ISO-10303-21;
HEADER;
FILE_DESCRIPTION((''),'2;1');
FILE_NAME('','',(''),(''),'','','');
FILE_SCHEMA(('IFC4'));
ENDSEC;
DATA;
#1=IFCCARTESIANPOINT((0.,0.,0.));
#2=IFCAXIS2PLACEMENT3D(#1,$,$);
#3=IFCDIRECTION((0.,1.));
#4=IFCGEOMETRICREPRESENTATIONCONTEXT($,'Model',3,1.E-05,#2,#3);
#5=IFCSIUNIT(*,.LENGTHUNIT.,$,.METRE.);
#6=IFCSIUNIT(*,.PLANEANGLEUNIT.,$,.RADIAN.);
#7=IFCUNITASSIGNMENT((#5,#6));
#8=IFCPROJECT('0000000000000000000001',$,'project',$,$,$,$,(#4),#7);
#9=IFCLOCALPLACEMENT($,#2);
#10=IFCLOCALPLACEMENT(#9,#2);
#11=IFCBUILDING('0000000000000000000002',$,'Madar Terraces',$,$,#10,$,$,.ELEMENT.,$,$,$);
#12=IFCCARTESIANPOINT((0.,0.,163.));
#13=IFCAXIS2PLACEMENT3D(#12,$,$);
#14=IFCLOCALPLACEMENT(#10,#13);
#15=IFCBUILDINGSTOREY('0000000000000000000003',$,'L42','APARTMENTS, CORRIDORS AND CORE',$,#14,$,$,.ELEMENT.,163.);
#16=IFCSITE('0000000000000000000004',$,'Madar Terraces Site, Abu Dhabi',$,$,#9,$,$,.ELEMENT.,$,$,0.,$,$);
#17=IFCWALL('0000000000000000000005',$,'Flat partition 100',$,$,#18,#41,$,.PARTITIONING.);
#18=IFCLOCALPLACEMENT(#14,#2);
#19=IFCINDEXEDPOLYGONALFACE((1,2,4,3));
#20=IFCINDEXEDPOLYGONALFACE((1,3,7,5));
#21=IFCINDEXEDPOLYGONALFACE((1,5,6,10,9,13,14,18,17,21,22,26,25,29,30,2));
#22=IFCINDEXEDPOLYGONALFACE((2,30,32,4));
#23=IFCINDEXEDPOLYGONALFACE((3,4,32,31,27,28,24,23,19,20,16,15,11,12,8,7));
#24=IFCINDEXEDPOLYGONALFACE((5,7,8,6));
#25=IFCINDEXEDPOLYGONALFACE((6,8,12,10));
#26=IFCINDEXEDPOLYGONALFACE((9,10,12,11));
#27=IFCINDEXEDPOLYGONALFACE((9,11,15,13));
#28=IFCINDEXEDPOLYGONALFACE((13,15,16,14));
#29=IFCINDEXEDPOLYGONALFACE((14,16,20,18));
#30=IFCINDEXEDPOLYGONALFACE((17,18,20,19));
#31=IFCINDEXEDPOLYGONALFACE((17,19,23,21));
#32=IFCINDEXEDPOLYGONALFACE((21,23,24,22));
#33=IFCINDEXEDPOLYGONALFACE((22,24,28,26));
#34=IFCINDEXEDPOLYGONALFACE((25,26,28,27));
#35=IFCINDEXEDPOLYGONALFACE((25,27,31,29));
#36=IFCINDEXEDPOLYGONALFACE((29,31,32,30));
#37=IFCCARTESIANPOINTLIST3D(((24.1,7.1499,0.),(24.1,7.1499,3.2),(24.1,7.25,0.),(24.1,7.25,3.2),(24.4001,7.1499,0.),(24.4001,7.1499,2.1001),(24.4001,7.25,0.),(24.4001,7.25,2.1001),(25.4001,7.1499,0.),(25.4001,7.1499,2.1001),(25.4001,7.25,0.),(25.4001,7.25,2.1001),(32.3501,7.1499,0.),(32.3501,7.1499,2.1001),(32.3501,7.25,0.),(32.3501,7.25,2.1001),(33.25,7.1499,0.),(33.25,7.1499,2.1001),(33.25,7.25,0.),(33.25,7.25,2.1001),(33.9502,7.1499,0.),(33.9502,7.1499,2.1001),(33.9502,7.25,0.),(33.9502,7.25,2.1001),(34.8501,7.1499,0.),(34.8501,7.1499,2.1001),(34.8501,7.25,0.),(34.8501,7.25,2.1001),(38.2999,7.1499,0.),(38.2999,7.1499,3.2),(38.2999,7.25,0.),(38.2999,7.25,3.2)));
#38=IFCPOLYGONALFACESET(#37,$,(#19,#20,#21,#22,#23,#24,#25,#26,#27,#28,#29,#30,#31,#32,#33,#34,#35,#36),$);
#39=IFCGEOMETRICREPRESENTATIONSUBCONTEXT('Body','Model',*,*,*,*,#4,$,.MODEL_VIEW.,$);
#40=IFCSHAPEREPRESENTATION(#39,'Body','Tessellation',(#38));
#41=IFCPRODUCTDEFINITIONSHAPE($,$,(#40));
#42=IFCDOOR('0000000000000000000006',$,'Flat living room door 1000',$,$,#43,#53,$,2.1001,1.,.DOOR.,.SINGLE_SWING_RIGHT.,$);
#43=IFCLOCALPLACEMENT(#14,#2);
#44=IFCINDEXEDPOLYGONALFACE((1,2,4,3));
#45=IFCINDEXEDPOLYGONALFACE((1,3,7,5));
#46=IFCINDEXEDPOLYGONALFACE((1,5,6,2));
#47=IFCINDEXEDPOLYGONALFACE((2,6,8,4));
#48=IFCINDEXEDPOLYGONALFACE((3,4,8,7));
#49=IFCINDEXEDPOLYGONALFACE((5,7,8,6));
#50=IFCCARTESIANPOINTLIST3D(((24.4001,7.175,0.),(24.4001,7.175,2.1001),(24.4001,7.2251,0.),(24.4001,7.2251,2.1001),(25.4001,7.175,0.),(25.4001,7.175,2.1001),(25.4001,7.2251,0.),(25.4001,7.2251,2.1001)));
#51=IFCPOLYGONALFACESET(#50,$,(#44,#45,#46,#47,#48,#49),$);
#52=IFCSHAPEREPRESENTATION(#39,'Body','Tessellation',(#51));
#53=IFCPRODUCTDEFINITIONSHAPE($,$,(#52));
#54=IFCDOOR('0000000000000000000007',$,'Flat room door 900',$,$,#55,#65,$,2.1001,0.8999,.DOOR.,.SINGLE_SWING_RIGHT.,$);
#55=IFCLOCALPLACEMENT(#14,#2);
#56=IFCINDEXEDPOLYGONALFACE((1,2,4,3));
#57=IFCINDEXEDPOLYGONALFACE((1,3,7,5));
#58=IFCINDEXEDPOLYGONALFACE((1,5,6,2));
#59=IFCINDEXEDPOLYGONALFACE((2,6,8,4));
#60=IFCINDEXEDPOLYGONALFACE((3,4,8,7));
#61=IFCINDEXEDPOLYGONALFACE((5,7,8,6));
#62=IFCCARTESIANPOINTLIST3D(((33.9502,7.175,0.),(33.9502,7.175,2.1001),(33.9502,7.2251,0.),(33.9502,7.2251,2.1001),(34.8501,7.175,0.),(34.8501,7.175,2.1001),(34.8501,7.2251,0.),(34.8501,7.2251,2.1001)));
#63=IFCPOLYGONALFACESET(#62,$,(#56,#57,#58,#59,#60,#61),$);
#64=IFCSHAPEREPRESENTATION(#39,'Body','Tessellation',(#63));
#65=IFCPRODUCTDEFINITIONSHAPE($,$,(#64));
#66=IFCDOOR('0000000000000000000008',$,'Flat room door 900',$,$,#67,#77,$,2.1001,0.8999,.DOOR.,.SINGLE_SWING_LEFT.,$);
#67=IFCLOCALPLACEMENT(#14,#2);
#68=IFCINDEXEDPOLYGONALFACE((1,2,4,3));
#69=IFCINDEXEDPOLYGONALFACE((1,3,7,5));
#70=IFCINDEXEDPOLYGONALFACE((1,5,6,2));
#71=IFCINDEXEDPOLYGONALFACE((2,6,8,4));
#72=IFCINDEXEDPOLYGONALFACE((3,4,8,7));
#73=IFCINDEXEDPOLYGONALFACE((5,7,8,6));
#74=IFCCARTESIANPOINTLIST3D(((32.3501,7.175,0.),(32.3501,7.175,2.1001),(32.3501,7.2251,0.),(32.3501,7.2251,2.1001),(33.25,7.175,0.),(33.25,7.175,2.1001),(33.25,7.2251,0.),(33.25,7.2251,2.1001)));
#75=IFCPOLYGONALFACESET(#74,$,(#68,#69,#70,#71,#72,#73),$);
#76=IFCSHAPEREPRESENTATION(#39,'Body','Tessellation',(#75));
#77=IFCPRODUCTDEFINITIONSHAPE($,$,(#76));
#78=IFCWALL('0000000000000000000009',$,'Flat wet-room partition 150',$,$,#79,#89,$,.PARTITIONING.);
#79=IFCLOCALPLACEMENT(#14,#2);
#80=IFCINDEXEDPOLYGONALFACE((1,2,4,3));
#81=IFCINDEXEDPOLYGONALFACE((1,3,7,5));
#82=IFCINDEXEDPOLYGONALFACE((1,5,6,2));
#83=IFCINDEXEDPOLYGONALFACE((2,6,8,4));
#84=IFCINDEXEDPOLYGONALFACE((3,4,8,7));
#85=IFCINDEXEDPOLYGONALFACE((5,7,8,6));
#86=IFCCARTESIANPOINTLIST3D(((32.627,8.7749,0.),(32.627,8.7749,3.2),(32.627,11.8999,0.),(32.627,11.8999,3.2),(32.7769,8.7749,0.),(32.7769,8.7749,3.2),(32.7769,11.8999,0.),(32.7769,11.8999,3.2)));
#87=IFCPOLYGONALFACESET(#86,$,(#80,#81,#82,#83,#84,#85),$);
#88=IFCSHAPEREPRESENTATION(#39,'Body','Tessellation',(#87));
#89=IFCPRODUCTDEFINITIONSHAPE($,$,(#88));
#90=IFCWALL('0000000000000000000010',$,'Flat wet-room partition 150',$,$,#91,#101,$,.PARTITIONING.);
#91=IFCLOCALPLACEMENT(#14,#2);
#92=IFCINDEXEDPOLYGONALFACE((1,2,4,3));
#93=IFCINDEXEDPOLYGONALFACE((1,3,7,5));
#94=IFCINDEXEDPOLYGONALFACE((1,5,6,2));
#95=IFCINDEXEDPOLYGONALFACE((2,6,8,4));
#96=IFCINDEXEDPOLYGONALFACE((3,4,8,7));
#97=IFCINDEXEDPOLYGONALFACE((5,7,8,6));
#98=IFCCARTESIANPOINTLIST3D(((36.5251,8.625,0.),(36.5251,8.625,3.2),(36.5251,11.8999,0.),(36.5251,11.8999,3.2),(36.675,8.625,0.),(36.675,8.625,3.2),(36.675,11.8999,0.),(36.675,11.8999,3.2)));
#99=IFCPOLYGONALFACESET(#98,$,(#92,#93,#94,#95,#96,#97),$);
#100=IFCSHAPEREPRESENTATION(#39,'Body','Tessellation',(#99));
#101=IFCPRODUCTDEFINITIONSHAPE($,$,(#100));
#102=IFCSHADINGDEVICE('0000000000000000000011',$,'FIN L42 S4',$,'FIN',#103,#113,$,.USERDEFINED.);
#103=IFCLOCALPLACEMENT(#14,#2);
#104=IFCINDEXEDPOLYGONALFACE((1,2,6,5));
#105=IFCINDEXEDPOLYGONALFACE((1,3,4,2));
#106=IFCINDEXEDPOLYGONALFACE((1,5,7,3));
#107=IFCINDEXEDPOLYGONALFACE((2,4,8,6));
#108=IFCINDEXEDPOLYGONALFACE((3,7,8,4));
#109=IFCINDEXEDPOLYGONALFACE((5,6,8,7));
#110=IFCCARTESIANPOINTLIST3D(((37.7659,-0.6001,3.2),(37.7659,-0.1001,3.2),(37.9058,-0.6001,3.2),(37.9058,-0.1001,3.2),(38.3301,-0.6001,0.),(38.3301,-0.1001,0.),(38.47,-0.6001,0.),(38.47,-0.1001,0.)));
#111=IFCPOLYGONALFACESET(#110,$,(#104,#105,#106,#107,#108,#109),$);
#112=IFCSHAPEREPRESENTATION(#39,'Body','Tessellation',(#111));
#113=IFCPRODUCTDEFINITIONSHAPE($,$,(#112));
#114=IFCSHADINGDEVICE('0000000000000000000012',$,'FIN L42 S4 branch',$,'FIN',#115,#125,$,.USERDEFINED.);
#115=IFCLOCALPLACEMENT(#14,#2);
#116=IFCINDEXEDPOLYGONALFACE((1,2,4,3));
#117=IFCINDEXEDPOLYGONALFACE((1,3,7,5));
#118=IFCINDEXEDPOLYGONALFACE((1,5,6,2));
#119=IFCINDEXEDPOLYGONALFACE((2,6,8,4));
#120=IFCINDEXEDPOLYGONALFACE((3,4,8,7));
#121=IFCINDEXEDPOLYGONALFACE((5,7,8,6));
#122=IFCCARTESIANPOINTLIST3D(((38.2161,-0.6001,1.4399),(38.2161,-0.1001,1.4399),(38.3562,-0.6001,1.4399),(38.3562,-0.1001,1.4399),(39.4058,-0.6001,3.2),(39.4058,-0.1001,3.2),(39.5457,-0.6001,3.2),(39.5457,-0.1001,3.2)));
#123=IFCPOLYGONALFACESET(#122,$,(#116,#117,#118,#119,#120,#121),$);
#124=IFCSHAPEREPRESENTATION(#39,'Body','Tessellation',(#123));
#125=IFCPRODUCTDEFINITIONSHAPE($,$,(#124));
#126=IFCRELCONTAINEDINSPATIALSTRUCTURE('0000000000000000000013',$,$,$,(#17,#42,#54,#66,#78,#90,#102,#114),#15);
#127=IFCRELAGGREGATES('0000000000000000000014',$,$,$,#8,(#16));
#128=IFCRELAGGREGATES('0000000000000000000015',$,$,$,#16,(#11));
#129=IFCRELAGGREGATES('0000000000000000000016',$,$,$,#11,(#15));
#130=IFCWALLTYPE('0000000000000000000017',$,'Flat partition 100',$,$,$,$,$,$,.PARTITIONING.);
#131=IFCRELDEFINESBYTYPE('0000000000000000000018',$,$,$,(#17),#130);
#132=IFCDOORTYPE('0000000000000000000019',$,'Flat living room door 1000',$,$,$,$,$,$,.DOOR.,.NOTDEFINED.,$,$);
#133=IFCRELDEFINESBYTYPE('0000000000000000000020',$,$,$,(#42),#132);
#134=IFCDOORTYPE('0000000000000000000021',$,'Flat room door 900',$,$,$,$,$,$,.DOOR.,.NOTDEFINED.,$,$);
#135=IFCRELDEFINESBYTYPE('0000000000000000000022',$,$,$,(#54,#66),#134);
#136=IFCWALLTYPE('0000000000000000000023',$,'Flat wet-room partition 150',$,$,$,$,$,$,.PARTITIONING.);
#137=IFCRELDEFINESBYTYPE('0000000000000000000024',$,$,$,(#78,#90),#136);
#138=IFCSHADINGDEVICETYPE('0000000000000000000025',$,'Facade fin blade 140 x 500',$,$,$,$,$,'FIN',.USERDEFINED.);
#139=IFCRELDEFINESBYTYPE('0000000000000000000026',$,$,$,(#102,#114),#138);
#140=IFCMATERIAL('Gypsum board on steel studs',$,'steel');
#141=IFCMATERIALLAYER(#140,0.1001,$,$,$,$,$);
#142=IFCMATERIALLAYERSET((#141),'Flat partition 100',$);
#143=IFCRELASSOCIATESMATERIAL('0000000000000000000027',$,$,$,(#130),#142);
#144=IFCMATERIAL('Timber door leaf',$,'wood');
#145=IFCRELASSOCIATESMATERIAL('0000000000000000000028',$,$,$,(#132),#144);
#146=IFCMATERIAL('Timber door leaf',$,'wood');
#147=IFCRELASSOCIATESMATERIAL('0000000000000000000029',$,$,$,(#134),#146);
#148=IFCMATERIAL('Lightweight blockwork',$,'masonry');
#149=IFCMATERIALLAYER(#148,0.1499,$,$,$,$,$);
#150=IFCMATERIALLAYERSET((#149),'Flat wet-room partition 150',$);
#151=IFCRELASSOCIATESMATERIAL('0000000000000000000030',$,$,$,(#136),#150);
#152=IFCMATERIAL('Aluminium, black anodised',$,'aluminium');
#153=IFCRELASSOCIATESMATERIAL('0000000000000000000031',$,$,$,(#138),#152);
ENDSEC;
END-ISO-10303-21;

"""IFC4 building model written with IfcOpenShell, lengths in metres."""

from ifc_helpers import new_model, si_unit, direction, frame, frame_2d, origin, place, context, subcontext, project, spatial, polyline, rectangle, outline, extrude, material, layer, layer_set, type_object, element, fill, save


model = new_model("IFC4")

# Units and contexts
model_context = context("Model", 3, precision=1e-05, world=origin(), true_north=direction((0.0, 1.0)))
body_context = subcontext(model_context, "Body", "Model", "MODEL_VIEW")
ifc_project = project(units=[si_unit("LENGTHUNIT", "METRE"), si_unit("PLANEANGLEUNIT", "RADIAN")], contexts=[model_context])

# Site, building, storey
site_placement = place(None, origin())
site = spatial("IfcSite", under=ifc_project, at=site_placement, Name="Madar Terraces Site, Abu Dhabi", CompositionType="ELEMENT", RefElevation=0.0)
building_placement = place(site_placement, origin())
building = spatial("IfcBuilding", under=site, at=building_placement, Name="Madar Terraces", CompositionType="ELEMENT")
storey_placement = place(building_placement, frame((0.0, 0.0, 163.0)))
storey = spatial("IfcBuildingStorey", under=building, at=storey_placement, Name="L42", Description="APARTMENTS, CORRIDORS AND CORE", CompositionType="ELEMENT", Elevation=163.0)

# Shared definitions
ifc_material_1 = material(Name="Gypsum board on steel studs", Category="steel")
ifc_layer_1 = layer(ifc_material_1, 0.1001)
ifc_layer_set_1 = layer_set([ifc_layer_1], Name="Flat partition 100")
wall_type_1 = type_object("IfcWallType", Name="Flat partition 100", PredefinedType="PARTITIONING", material=ifc_layer_set_1)

# Wall, openings, doors
wall_1_placement = place(storey_placement, frame((38.3, 7.2, 0.0), z_axis=(0.0, 0.0, 1.0), x_axis=(-1.0, 0.0, 0.0)))
wall_1 = element("IfcWall", 1, at=wall_1_placement, inside=storey, type_object=wall_type_1, Name="Flat partition 100", PredefinedType="PARTITIONING", context=body_context, shape_type="SweptSolid", body=[
    extrude(rectangle(XDim=14.2, YDim=0.1001, at=frame_2d((7.1001, 0.0))), origin(), (0.0, 0.0, 1.0), 3.2),
])
opening_1_placement = place(wall_1_placement, frame((3.45, 0.0, 0.0)))
opening_1 = element("IfcOpeningElement", 2, at=opening_1_placement, cuts=wall_1, PredefinedType="OPENING", context=body_context, shape_type="SweptSolid", body=[
    extrude(rectangle(XDim=0.8999, YDim=2.1001, at=frame_2d((0.45, 1.05))), frame((0.0, 0.0601, 0.0), z_axis=(0.0, -1.0, 0.0), x_axis=(1.0, 0.0, 0.0)), (0.0, 0.0, 1.0), 0.1201),
])
opening_2_placement = place(wall_1_placement, frame((5.05, 0.0, 0.0)))
opening_2 = element("IfcOpeningElement", 3, at=opening_2_placement, cuts=wall_1, PredefinedType="OPENING", context=body_context, shape_type="SweptSolid", body=[
    extrude(rectangle(XDim=0.8999, YDim=2.1001, at=frame_2d((0.45, 1.05))), frame((0.0, 0.0601, 0.0), z_axis=(0.0, -1.0, 0.0), x_axis=(1.0, 0.0, 0.0)), (0.0, 0.0, 1.0), 0.1201),
])
opening_3_placement = place(wall_1_placement, frame((12.8999, 0.0, 0.0)))
opening_3 = element("IfcOpeningElement", 4, at=opening_3_placement, cuts=wall_1, PredefinedType="OPENING", context=body_context, shape_type="SweptSolid", body=[
    extrude(rectangle(XDim=1.0, YDim=2.1001, at=frame_2d((0.5, 1.05))), frame((0.0, 0.0601, 0.0), z_axis=(0.0, -1.0, 0.0), x_axis=(1.0, 0.0, 0.0)), (0.0, 0.0, 1.0), 0.1201),
])
ifc_material_2 = material(Name="Timber door leaf", Category="wood")
door_type_1 = type_object("IfcDoorType", Name="Flat living room door 1000", OperationType="NOTDEFINED", PredefinedType="DOOR", material=ifc_material_2)
door_1_placement = place(opening_3_placement, origin())
door_1 = element("IfcDoor", 5, at=door_1_placement, inside=storey, type_object=door_type_1, Name="Flat living room door 1000", OperationType="SINGLE_SWING_RIGHT", OverallHeight=2.1001, OverallWidth=1.0, PredefinedType="DOOR", context=body_context, shape_type="SweptSolid", body=[
    extrude(rectangle(XDim=1.0, YDim=2.1001, at=frame_2d((0.5, 1.05))), frame((0.0, 0.0249, 0.0), z_axis=(0.0, -1.0, 0.0), x_axis=(1.0, 0.0, 0.0)), (0.0, 0.0, 1.0), 0.05),
])
fill(opening_3, door_1)
ifc_material_3 = material(Name="Timber door leaf", Category="wood")
door_type_2 = type_object("IfcDoorType", Name="Flat room door 900", OperationType="NOTDEFINED", PredefinedType="DOOR", material=ifc_material_3)
door_2_placement = place(opening_1_placement, origin())
door_2 = element("IfcDoor", 6, at=door_2_placement, inside=storey, type_object=door_type_2, Name="Flat room door 900", OperationType="SINGLE_SWING_RIGHT", OverallHeight=2.1001, OverallWidth=0.8999, PredefinedType="DOOR", context=body_context, shape_type="SweptSolid", body=[
    extrude(rectangle(XDim=0.8999, YDim=2.1001, at=frame_2d((0.45, 1.05))), frame((0.0, 0.0249, 0.0), z_axis=(0.0, -1.0, 0.0), x_axis=(1.0, 0.0, 0.0)), (0.0, 0.0, 1.0), 0.05),
])
fill(opening_1, door_2)
door_3_placement = place(opening_2_placement, origin())
door_3 = element("IfcDoor", 7, at=door_3_placement, inside=storey, type_object=door_type_2, Name="Flat room door 900", OperationType="SINGLE_SWING_LEFT", OverallHeight=2.1001, OverallWidth=0.8999, PredefinedType="DOOR", context=body_context, shape_type="SweptSolid", body=[
    extrude(rectangle(XDim=0.8999, YDim=2.1001, at=frame_2d((0.45, 1.05))), frame((0.0, 0.0249, 0.0), z_axis=(0.0, -1.0, 0.0), x_axis=(1.0, 0.0, 0.0)), (0.0, 0.0, 1.0), 0.05),
])
fill(opening_2, door_3)

# Walls
ifc_material_4 = material(Name="Lightweight blockwork", Category="masonry")
ifc_layer_2 = layer(ifc_material_4, 0.1499)
ifc_layer_set_2 = layer_set([ifc_layer_2], Name="Flat wet-room partition 150")
wall_type_2 = type_object("IfcWallType", Name="Flat wet-room partition 150", PredefinedType="PARTITIONING", material=ifc_layer_set_2)
wall_2_placement = place(storey_placement, frame((32.7019, 11.8999, 0.0), z_axis=(0.0, 0.0, 1.0), x_axis=(0.0, -1.0, 0.0)))
element("IfcWall", 8, at=wall_2_placement, inside=storey, type_object=wall_type_2, Name="Flat wet-room partition 150", PredefinedType="PARTITIONING", context=body_context, shape_type="SweptSolid", body=[
    extrude(rectangle(XDim=3.125, YDim=0.1499, at=frame_2d((1.5625, 0.0))), origin(), (0.0, 0.0, 1.0), 3.2),
])
wall_3_placement = place(storey_placement, frame((36.6001, 11.8999, 0.0), z_axis=(0.0, 0.0, 1.0), x_axis=(0.0, -1.0, 0.0)))
element("IfcWall", 9, at=wall_3_placement, inside=storey, type_object=wall_type_2, Name="Flat wet-room partition 150", PredefinedType="PARTITIONING", context=body_context, shape_type="SweptSolid", body=[
    extrude(rectangle(XDim=3.2749, YDim=0.1499, at=frame_2d((1.6375, 0.0))), origin(), (0.0, 0.0, 1.0), 3.2),
])

# Shading devices
ifc_material_5 = material(Name="Aluminium, black anodised", Category="aluminium")
shading_device_type = type_object("IfcShadingDeviceType", Name="Facade fin blade 140 x 500", ElementType="FIN", PredefinedType="USERDEFINED", material=ifc_material_5)
shading_device_1_placement = place(storey_placement, frame((38.3301, -0.3501, 0.0), z_axis=(0.0, 0.0, 1.0), x_axis=(1.0, 0.0, 0.0)))
element("IfcShadingDevice", 10, at=shading_device_1_placement, inside=storey, type_object=shading_device_type, Name="FIN L42 S4", ObjectType="FIN", PredefinedType="USERDEFINED", context=body_context, shape_type="SweptSolid", body=[
    extrude(outline(polyline([(0.0, 0.0), (0.1399, 0.0), (-0.4243, 3.2), (-0.5642, 3.2), (0.0, 0.0)])), frame((0.0, 0.25, 0.0), z_axis=(0.0, -1.0, 0.0), x_axis=(1.0, 0.0, 0.0)), (0.0, 0.0, 1.0), 0.5),
])
shading_device_2_placement = place(storey_placement, frame((38.2161, -0.3501, 1.4399), z_axis=(0.0, 0.0, 1.0), x_axis=(1.0, 0.0, 0.0)))
element("IfcShadingDevice", 11, at=shading_device_2_placement, inside=storey, type_object=shading_device_type, Name="FIN L42 S4 branch", ObjectType="FIN", PredefinedType="USERDEFINED", context=body_context, shape_type="SweptSolid", body=[
    extrude(outline(polyline([(0.0, 0.0), (0.1401, 0.0), (1.3296, 1.76), (1.1897, 1.76), (0.0, 0.0)])), frame((0.0, 0.25, 0.0), z_axis=(0.0, -1.0, 0.0), x_axis=(1.0, 0.0, 0.0)), (0.0, 0.0, 1.0), 0.5),
])

save(model, "model.ifc")
